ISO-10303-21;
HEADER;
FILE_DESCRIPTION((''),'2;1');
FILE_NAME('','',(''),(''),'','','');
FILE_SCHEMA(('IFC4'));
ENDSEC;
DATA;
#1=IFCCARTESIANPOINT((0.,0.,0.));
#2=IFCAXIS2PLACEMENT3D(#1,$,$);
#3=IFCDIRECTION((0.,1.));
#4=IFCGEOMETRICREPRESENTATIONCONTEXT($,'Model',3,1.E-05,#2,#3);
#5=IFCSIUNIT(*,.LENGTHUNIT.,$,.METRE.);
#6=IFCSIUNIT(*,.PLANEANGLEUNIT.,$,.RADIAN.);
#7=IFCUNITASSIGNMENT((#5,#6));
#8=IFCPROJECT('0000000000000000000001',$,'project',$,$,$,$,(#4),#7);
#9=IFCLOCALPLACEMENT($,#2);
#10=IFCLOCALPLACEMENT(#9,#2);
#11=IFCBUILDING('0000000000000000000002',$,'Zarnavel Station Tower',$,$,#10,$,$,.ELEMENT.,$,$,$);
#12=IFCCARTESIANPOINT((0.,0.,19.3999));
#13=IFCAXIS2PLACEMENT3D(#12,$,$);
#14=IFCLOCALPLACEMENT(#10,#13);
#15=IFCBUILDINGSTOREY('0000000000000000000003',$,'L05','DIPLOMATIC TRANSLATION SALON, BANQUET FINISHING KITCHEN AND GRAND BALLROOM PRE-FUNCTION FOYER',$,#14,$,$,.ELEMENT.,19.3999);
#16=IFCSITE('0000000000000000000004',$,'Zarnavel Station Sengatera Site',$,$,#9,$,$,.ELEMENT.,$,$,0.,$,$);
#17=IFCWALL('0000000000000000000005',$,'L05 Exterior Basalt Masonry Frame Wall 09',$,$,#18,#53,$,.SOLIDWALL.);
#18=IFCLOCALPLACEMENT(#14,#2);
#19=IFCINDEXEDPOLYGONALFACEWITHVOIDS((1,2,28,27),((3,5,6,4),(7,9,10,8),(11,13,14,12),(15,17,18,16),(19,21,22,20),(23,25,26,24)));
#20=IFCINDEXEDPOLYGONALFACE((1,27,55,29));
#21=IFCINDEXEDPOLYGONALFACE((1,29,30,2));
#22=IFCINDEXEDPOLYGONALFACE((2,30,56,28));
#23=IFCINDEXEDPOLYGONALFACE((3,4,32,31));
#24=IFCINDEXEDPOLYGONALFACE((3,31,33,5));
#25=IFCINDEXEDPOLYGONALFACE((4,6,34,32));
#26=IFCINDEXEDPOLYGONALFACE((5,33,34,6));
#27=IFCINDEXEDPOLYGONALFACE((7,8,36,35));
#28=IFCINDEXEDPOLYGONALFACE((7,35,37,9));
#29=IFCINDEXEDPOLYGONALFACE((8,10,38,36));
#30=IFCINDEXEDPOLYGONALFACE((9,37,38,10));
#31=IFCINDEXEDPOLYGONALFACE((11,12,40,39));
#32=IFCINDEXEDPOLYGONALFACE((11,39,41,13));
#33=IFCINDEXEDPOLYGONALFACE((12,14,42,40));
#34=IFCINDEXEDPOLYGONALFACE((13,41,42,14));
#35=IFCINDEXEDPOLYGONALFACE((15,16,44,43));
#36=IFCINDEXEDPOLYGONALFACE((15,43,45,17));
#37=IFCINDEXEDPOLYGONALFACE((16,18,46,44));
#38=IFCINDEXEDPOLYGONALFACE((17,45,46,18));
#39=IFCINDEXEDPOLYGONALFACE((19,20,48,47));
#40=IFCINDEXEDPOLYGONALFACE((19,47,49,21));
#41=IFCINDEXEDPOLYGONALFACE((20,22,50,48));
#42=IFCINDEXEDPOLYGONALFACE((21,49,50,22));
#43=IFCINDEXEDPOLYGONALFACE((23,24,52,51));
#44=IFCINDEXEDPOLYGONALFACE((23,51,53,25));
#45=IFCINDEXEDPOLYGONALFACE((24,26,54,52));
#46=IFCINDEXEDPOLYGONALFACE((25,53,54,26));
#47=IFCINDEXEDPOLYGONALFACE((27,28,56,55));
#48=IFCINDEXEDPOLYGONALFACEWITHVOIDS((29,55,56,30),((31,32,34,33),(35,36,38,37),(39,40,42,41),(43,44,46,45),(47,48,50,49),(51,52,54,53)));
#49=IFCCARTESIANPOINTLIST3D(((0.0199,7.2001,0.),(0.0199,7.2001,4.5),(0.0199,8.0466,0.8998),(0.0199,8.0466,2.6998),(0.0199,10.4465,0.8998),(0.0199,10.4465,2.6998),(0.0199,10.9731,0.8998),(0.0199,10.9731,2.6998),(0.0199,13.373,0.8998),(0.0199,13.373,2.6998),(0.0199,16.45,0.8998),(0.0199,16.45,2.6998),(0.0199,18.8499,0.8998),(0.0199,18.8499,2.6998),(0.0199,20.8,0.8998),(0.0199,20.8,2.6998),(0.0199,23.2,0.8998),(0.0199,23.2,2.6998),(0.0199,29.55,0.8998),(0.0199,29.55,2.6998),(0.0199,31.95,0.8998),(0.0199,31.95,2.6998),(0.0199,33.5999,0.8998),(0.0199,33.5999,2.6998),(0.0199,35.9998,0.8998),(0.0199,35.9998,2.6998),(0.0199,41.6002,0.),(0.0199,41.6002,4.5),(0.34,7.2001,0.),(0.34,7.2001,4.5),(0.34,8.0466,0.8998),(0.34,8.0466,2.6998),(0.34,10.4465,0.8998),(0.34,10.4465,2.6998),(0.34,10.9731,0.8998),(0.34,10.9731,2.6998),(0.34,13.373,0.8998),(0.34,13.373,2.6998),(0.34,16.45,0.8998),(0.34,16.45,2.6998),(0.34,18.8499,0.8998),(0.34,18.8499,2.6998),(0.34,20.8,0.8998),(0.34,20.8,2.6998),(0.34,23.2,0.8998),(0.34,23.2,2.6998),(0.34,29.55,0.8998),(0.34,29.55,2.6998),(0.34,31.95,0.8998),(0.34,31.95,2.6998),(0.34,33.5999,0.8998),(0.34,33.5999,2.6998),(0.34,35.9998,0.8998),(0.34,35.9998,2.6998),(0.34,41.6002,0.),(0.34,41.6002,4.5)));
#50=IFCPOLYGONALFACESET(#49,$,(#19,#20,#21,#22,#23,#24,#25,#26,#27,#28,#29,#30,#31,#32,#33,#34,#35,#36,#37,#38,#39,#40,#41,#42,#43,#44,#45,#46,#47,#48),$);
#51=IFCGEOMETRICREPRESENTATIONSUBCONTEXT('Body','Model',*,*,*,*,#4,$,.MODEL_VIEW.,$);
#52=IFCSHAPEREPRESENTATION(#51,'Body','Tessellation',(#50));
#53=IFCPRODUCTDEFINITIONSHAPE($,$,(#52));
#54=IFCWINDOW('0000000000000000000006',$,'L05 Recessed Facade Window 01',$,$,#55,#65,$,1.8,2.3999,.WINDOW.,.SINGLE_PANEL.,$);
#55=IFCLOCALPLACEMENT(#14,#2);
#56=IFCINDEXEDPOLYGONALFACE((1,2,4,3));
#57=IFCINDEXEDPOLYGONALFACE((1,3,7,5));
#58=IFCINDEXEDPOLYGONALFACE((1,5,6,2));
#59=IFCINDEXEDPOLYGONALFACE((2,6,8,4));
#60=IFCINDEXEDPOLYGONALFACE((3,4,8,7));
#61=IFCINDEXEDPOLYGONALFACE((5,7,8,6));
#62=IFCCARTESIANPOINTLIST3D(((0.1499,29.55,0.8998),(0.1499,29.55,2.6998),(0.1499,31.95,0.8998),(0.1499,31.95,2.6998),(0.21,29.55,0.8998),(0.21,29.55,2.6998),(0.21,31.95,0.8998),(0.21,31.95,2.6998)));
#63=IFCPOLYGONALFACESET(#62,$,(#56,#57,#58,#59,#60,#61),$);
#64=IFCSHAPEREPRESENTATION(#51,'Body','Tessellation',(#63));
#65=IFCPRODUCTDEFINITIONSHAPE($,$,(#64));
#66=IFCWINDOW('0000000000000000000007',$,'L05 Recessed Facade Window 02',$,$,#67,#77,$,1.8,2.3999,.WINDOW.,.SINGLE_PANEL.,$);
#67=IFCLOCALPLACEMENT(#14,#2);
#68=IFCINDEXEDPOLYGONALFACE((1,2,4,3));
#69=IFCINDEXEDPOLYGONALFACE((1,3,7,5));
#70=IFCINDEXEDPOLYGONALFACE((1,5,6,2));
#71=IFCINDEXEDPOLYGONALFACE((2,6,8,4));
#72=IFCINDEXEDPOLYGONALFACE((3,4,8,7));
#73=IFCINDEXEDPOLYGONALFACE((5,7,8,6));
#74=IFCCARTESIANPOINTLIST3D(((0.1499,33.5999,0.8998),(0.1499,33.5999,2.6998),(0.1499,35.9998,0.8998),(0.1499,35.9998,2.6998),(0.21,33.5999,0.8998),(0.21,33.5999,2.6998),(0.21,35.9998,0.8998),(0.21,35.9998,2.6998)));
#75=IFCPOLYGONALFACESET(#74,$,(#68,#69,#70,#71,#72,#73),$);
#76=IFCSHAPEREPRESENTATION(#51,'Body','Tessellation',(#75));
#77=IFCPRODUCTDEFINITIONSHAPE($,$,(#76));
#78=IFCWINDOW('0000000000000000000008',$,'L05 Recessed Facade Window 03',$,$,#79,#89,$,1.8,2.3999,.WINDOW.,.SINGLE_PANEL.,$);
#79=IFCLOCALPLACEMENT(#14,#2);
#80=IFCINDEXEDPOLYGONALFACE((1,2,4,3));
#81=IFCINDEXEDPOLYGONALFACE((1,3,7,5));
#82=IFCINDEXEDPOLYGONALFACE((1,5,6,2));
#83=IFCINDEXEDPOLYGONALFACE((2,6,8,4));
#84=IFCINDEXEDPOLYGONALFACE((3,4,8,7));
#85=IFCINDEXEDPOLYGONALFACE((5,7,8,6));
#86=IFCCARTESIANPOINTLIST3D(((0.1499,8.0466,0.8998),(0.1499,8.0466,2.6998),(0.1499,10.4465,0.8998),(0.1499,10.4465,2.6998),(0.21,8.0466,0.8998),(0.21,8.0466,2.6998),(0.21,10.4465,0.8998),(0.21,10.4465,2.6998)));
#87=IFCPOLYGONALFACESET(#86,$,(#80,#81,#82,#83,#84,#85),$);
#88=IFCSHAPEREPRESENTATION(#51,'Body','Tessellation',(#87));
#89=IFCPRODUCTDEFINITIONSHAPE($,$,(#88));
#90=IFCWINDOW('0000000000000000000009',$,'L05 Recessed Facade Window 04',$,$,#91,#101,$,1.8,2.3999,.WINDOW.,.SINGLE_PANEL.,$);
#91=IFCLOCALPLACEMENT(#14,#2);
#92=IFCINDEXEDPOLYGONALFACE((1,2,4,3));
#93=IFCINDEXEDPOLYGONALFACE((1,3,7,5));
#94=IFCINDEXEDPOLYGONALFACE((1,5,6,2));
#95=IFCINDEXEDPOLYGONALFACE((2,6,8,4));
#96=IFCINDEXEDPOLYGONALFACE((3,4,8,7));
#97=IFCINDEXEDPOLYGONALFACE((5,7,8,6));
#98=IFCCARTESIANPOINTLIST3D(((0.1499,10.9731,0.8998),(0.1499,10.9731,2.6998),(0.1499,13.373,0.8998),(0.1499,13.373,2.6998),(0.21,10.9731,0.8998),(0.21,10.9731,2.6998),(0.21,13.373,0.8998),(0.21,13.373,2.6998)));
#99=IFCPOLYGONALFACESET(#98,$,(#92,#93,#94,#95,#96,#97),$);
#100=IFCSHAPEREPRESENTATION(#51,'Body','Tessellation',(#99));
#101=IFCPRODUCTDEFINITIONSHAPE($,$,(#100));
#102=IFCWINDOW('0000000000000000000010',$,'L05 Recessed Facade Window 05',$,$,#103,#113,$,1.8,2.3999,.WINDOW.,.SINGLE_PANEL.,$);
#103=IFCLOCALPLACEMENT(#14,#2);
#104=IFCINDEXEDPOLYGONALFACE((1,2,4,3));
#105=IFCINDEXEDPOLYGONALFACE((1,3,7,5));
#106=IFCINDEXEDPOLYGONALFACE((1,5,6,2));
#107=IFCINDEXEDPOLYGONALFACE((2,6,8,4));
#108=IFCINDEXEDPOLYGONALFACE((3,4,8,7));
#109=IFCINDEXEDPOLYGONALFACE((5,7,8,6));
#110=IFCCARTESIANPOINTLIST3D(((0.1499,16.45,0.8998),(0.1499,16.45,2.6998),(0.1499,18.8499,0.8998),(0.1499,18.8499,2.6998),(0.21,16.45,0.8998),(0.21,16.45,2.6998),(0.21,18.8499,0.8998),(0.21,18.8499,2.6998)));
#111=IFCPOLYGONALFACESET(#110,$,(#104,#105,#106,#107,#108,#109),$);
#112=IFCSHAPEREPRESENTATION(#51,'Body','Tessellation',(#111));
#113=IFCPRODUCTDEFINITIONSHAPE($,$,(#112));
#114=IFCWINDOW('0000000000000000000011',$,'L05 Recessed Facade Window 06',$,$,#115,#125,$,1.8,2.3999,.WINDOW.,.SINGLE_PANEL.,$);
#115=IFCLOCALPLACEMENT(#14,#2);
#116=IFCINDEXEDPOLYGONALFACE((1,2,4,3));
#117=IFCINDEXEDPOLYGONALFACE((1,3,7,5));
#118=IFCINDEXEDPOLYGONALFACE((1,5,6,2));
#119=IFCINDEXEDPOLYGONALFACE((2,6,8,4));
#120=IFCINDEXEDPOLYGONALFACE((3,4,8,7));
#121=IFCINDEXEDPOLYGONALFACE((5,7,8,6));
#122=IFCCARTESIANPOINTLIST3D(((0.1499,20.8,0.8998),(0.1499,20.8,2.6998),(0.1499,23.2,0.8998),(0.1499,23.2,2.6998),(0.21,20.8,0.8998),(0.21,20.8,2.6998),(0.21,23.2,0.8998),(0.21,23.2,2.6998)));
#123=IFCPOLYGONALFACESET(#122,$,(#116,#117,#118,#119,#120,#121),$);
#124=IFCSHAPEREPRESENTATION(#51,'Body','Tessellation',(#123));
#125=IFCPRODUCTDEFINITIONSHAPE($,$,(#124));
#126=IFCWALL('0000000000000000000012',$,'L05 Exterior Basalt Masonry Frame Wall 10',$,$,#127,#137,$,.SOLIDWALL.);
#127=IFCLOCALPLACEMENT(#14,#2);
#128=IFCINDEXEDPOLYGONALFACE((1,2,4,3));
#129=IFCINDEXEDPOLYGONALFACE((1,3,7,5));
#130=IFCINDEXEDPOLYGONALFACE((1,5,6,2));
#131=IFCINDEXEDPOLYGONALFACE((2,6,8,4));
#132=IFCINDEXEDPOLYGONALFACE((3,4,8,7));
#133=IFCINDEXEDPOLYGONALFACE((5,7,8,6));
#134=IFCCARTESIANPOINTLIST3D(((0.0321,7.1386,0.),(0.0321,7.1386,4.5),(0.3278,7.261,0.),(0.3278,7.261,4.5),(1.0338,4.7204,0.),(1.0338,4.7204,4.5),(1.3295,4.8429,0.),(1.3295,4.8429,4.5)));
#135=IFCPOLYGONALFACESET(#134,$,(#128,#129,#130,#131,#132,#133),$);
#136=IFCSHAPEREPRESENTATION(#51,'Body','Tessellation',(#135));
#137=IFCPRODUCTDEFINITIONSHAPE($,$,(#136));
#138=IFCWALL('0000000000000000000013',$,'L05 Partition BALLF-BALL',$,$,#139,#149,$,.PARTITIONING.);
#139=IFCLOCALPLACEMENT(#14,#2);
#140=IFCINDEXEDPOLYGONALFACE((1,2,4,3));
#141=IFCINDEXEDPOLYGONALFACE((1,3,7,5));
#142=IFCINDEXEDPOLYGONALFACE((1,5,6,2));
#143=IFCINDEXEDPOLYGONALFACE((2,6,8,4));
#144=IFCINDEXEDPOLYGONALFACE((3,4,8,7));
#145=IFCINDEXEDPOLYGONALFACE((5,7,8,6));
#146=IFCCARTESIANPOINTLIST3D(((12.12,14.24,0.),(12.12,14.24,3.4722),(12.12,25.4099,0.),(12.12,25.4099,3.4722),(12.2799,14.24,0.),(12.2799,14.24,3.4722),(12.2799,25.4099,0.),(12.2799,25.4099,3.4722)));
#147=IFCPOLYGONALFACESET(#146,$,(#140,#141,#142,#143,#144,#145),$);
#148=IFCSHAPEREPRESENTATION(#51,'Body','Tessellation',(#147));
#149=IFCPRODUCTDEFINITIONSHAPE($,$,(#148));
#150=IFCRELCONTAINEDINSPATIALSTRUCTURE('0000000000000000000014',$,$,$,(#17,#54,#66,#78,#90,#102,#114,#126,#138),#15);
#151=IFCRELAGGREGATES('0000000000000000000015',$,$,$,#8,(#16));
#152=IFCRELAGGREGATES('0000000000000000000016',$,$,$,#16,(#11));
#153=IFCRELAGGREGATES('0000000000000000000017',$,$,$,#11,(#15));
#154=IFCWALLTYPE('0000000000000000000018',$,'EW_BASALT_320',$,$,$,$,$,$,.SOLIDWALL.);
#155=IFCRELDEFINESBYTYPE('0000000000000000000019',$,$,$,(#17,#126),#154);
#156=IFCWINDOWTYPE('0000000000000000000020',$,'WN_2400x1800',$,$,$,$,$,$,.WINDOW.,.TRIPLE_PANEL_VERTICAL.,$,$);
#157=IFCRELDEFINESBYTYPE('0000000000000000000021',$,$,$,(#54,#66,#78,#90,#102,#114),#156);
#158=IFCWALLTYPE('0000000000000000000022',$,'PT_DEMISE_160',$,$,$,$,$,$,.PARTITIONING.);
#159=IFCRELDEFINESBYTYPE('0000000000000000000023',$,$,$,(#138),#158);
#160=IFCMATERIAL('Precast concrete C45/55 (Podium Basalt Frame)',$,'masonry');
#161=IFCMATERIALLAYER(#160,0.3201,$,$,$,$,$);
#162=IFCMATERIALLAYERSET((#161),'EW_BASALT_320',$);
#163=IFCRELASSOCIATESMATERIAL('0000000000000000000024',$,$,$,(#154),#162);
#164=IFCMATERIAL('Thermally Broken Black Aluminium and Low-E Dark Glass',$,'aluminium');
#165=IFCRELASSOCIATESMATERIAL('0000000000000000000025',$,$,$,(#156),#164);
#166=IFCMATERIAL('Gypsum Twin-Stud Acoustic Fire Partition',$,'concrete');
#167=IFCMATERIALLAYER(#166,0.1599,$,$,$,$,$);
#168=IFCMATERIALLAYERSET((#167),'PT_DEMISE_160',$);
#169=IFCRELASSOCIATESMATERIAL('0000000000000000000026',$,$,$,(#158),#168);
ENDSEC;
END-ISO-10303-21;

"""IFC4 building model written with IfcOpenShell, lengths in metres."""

from ifc_helpers import new_model, si_unit, direction, frame, frame_2d, origin, place, context, subcontext, project, spatial, rectangle, extrude, material, layer, layer_set, type_object, element, fill, save


model = new_model("IFC4")

# Units and contexts
model_context = context("Model", 3, precision=1e-05, world=origin(), true_north=direction((0.0, 1.0)))
body_context = subcontext(model_context, "Body", "Model", "MODEL_VIEW")
ifc_project = project(units=[si_unit("LENGTHUNIT", "METRE"), si_unit("PLANEANGLEUNIT", "RADIAN")], contexts=[model_context])

# Site, building, storey
site_placement = place(None, origin())
site = spatial("IfcSite", under=ifc_project, at=site_placement, Name="Zarnavel Station Sengatera Site", CompositionType="ELEMENT", RefElevation=0.0)
building_placement = place(site_placement, origin())
building = spatial("IfcBuilding", under=site, at=building_placement, Name="Zarnavel Station Tower", CompositionType="ELEMENT")
storey_placement = place(building_placement, frame((0.0, 0.0, 19.3999)))
storey = spatial("IfcBuildingStorey", under=building, at=storey_placement, Name="L05", Description="DIPLOMATIC TRANSLATION SALON, BANQUET FINISHING KITCHEN AND GRAND BALLROOM PRE-FUNCTION FOYER", CompositionType="ELEMENT", Elevation=19.3999)

# Wall, openings, windows
ifc_material_1 = material(Name="Precast concrete C45/55 (Podium Basalt Frame)", Category="masonry")
ifc_layer_1 = layer(ifc_material_1, 0.3201)
ifc_layer_set_1 = layer_set([ifc_layer_1], Name="EW_BASALT_320")
wall_type_1 = type_object("IfcWallType", Name="EW_BASALT_320", PredefinedType="SOLIDWALL", material=ifc_layer_set_1)
wall_1_placement = place(storey_placement, frame((0.1799, 7.2, 0.0), z_axis=(0.0, 0.0, 1.0), x_axis=(0.0, 1.0, 0.0)))
wall_1 = element("IfcWall", 1, at=wall_1_placement, inside=storey, type_object=wall_type_1, Name="L05 Exterior Basalt Masonry Frame Wall 09", PredefinedType="SOLIDWALL", context=body_context, shape_type="SweptSolid", body=[
    extrude(rectangle(XDim=34.4001, YDim=0.3201, at=frame_2d((17.2002, 0.0))), origin(), (0.0, 0.0, 1.0), 4.5),
])
opening_1_placement = place(wall_1_placement, frame((22.3501, 0.0, 0.8999)))
opening_1 = element("IfcOpeningElement", 2, at=opening_1_placement, cuts=wall_1, PredefinedType="OPENING", context=body_context, shape_type="SweptSolid", body=[
    extrude(rectangle(XDim=2.3999, YDim=1.8, at=frame_2d((1.2, 0.8999))), frame((0.0, 0.1699, 0.0), z_axis=(0.0, -1.0, 0.0), x_axis=(1.0, 0.0, 0.0)), (0.0, 0.0, 1.0), 0.3401),
])
opening_2_placement = place(wall_1_placement, frame((26.3999, 0.0, 0.8999)))
opening_2 = element("IfcOpeningElement", 3, at=opening_2_placement, cuts=wall_1, PredefinedType="OPENING", context=body_context, shape_type="SweptSolid", body=[
    extrude(rectangle(XDim=2.3999, YDim=1.8, at=frame_2d((1.2, 0.8999))), frame((0.0, 0.1699, 0.0), z_axis=(0.0, -1.0, 0.0), x_axis=(1.0, 0.0, 0.0)), (0.0, 0.0, 1.0), 0.3401),
])
opening_3_placement = place(wall_1_placement, frame((0.8467, 0.0, 0.8999)))
opening_3 = element("IfcOpeningElement", 4, at=opening_3_placement, cuts=wall_1, PredefinedType="OPENING", context=body_context, shape_type="SweptSolid", body=[
    extrude(rectangle(XDim=2.3999, YDim=1.8, at=frame_2d((1.2, 0.8999))), frame((0.0, 0.1699, 0.0), z_axis=(0.0, -1.0, 0.0), x_axis=(1.0, 0.0, 0.0)), (0.0, 0.0, 1.0), 0.3401),
])
opening_4_placement = place(wall_1_placement, frame((3.7732, 0.0, 0.8999)))
opening_4 = element("IfcOpeningElement", 5, at=opening_4_placement, cuts=wall_1, PredefinedType="OPENING", context=body_context, shape_type="SweptSolid", body=[
    extrude(rectangle(XDim=2.3999, YDim=1.8, at=frame_2d((1.2, 0.8999))), frame((0.0, 0.1699, 0.0), z_axis=(0.0, -1.0, 0.0), x_axis=(1.0, 0.0, 0.0)), (0.0, 0.0, 1.0), 0.3401),
])
opening_5_placement = place(wall_1_placement, frame((9.25, 0.0, 0.8999)))
opening_5 = element("IfcOpeningElement", 6, at=opening_5_placement, cuts=wall_1, PredefinedType="OPENING", context=body_context, shape_type="SweptSolid", body=[
    extrude(rectangle(XDim=2.3999, YDim=1.8, at=frame_2d((1.2, 0.8999))), frame((0.0, 0.1699, 0.0), z_axis=(0.0, -1.0, 0.0), x_axis=(1.0, 0.0, 0.0)), (0.0, 0.0, 1.0), 0.3401),
])
opening_6_placement = place(wall_1_placement, frame((13.6001, 0.0, 0.8999)))
opening_6 = element("IfcOpeningElement", 7, at=opening_6_placement, cuts=wall_1, PredefinedType="OPENING", context=body_context, shape_type="SweptSolid", body=[
    extrude(rectangle(XDim=2.3999, YDim=1.8, at=frame_2d((1.2, 0.8999))), frame((0.0, 0.1699, 0.0), z_axis=(0.0, -1.0, 0.0), x_axis=(1.0, 0.0, 0.0)), (0.0, 0.0, 1.0), 0.3401),
])
ifc_material_2 = material(Name="Thermally Broken Black Aluminium and Low-E Dark Glass", Category="aluminium")
window_type = type_object("IfcWindowType", Name="WN_2400x1800", PartitioningType="TRIPLE_PANEL_VERTICAL", PredefinedType="WINDOW", material=ifc_material_2)
window_1_placement = place(opening_1_placement, origin())
window_1 = element("IfcWindow", 8, at=window_1_placement, inside=storey, type_object=window_type, Name="L05 Recessed Facade Window 01", OverallHeight=1.8, OverallWidth=2.3999, PartitioningType="SINGLE_PANEL", PredefinedType="WINDOW", context=body_context, shape_type="SweptSolid", body=[
    extrude(rectangle(XDim=2.3999, YDim=1.8, at=frame_2d((1.2, 0.8999))), frame((0.0, 0.03, 0.0), z_axis=(0.0, -1.0, 0.0), x_axis=(1.0, 0.0, 0.0)), (0.0, 0.0, 1.0), 0.0601),
])
fill(opening_1, window_1)
window_2_placement = place(opening_2_placement, origin())
window_2 = element("IfcWindow", 9, at=window_2_placement, inside=storey, type_object=window_type, Name="L05 Recessed Facade Window 02", OverallHeight=1.8, OverallWidth=2.3999, PartitioningType="SINGLE_PANEL", PredefinedType="WINDOW", context=body_context, shape_type="SweptSolid", body=[
    extrude(rectangle(XDim=2.3999, YDim=1.8, at=frame_2d((1.2, 0.8999))), frame((0.0, 0.03, 0.0), z_axis=(0.0, -1.0, 0.0), x_axis=(1.0, 0.0, 0.0)), (0.0, 0.0, 1.0), 0.0601),
])
fill(opening_2, window_2)
window_3_placement = place(opening_3_placement, origin())
window_3 = element("IfcWindow", 10, at=window_3_placement, inside=storey, type_object=window_type, Name="L05 Recessed Facade Window 03", OverallHeight=1.8, OverallWidth=2.3999, PartitioningType="SINGLE_PANEL", PredefinedType="WINDOW", context=body_context, shape_type="SweptSolid", body=[
    extrude(rectangle(XDim=2.3999, YDim=1.8, at=frame_2d((1.2, 0.8999))), frame((0.0, 0.03, 0.0), z_axis=(0.0, -1.0, 0.0), x_axis=(1.0, 0.0, 0.0)), (0.0, 0.0, 1.0), 0.0601),
])
fill(opening_3, window_3)
window_4_placement = place(opening_4_placement, origin())
window_4 = element("IfcWindow", 11, at=window_4_placement, inside=storey, type_object=window_type, Name="L05 Recessed Facade Window 04", OverallHeight=1.8, OverallWidth=2.3999, PartitioningType="SINGLE_PANEL", PredefinedType="WINDOW", context=body_context, shape_type="SweptSolid", body=[
    extrude(rectangle(XDim=2.3999, YDim=1.8, at=frame_2d((1.2, 0.8999))), frame((0.0, 0.03, 0.0), z_axis=(0.0, -1.0, 0.0), x_axis=(1.0, 0.0, 0.0)), (0.0, 0.0, 1.0), 0.0601),
])
fill(opening_4, window_4)
window_5_placement = place(opening_5_placement, origin())
window_5 = element("IfcWindow", 12, at=window_5_placement, inside=storey, type_object=window_type, Name="L05 Recessed Facade Window 05", OverallHeight=1.8, OverallWidth=2.3999, PartitioningType="SINGLE_PANEL", PredefinedType="WINDOW", context=body_context, shape_type="SweptSolid", body=[
    extrude(rectangle(XDim=2.3999, YDim=1.8, at=frame_2d((1.2, 0.8999))), frame((0.0, 0.03, 0.0), z_axis=(0.0, -1.0, 0.0), x_axis=(1.0, 0.0, 0.0)), (0.0, 0.0, 1.0), 0.0601),
])
fill(opening_5, window_5)
window_6_placement = place(opening_6_placement, origin())
window_6 = element("IfcWindow", 13, at=window_6_placement, inside=storey, type_object=window_type, Name="L05 Recessed Facade Window 06", OverallHeight=1.8, OverallWidth=2.3999, PartitioningType="SINGLE_PANEL", PredefinedType="WINDOW", context=body_context, shape_type="SweptSolid", body=[
    extrude(rectangle(XDim=2.3999, YDim=1.8, at=frame_2d((1.2, 0.8999))), frame((0.0, 0.03, 0.0), z_axis=(0.0, -1.0, 0.0), x_axis=(1.0, 0.0, 0.0)), (0.0, 0.0, 1.0), 0.0601),
])
fill(opening_6, window_6)

# Walls
wall_2_placement = place(storey_placement, frame((1.1816, 4.7817, 0.0), z_axis=(0.0, 0.0, 1.0), x_axis=(-0.382701, 0.923872, 0.0)))
element("IfcWall", 14, at=wall_2_placement, inside=storey, type_object=wall_type_1, Name="L05 Exterior Basalt Masonry Frame Wall 10", PredefinedType="SOLIDWALL", context=body_context, shape_type="SweptSolid", body=[
    extrude(rectangle(XDim=2.6174, YDim=0.3201, at=frame_2d((1.3086, 0.0))), origin(), (0.0, 0.0, 1.0), 4.5),
])
ifc_material_3 = material(Name="Gypsum Twin-Stud Acoustic Fire Partition", Category="concrete")
ifc_layer_2 = layer(ifc_material_3, 0.1599)
ifc_layer_set_2 = layer_set([ifc_layer_2], Name="PT_DEMISE_160")
wall_type_2 = type_object("IfcWallType", Name="PT_DEMISE_160", PredefinedType="PARTITIONING", material=ifc_layer_set_2)
wall_3_placement = place(storey_placement, frame((12.2, 14.24, 0.0), z_axis=(0.0, 0.0, 1.0), x_axis=(0.0, 1.0, 0.0)))
element("IfcWall", 15, at=wall_3_placement, inside=storey, type_object=wall_type_2, Name="L05 Partition BALLF-BALL", PredefinedType="PARTITIONING", context=body_context, shape_type="SweptSolid", body=[
    extrude(rectangle(XDim=11.1699, YDim=0.1599, at=frame_2d((5.585, 0.0))), origin(), (0.0, 0.0, 1.0), 3.4722),
])

save(model, "model.ifc")
